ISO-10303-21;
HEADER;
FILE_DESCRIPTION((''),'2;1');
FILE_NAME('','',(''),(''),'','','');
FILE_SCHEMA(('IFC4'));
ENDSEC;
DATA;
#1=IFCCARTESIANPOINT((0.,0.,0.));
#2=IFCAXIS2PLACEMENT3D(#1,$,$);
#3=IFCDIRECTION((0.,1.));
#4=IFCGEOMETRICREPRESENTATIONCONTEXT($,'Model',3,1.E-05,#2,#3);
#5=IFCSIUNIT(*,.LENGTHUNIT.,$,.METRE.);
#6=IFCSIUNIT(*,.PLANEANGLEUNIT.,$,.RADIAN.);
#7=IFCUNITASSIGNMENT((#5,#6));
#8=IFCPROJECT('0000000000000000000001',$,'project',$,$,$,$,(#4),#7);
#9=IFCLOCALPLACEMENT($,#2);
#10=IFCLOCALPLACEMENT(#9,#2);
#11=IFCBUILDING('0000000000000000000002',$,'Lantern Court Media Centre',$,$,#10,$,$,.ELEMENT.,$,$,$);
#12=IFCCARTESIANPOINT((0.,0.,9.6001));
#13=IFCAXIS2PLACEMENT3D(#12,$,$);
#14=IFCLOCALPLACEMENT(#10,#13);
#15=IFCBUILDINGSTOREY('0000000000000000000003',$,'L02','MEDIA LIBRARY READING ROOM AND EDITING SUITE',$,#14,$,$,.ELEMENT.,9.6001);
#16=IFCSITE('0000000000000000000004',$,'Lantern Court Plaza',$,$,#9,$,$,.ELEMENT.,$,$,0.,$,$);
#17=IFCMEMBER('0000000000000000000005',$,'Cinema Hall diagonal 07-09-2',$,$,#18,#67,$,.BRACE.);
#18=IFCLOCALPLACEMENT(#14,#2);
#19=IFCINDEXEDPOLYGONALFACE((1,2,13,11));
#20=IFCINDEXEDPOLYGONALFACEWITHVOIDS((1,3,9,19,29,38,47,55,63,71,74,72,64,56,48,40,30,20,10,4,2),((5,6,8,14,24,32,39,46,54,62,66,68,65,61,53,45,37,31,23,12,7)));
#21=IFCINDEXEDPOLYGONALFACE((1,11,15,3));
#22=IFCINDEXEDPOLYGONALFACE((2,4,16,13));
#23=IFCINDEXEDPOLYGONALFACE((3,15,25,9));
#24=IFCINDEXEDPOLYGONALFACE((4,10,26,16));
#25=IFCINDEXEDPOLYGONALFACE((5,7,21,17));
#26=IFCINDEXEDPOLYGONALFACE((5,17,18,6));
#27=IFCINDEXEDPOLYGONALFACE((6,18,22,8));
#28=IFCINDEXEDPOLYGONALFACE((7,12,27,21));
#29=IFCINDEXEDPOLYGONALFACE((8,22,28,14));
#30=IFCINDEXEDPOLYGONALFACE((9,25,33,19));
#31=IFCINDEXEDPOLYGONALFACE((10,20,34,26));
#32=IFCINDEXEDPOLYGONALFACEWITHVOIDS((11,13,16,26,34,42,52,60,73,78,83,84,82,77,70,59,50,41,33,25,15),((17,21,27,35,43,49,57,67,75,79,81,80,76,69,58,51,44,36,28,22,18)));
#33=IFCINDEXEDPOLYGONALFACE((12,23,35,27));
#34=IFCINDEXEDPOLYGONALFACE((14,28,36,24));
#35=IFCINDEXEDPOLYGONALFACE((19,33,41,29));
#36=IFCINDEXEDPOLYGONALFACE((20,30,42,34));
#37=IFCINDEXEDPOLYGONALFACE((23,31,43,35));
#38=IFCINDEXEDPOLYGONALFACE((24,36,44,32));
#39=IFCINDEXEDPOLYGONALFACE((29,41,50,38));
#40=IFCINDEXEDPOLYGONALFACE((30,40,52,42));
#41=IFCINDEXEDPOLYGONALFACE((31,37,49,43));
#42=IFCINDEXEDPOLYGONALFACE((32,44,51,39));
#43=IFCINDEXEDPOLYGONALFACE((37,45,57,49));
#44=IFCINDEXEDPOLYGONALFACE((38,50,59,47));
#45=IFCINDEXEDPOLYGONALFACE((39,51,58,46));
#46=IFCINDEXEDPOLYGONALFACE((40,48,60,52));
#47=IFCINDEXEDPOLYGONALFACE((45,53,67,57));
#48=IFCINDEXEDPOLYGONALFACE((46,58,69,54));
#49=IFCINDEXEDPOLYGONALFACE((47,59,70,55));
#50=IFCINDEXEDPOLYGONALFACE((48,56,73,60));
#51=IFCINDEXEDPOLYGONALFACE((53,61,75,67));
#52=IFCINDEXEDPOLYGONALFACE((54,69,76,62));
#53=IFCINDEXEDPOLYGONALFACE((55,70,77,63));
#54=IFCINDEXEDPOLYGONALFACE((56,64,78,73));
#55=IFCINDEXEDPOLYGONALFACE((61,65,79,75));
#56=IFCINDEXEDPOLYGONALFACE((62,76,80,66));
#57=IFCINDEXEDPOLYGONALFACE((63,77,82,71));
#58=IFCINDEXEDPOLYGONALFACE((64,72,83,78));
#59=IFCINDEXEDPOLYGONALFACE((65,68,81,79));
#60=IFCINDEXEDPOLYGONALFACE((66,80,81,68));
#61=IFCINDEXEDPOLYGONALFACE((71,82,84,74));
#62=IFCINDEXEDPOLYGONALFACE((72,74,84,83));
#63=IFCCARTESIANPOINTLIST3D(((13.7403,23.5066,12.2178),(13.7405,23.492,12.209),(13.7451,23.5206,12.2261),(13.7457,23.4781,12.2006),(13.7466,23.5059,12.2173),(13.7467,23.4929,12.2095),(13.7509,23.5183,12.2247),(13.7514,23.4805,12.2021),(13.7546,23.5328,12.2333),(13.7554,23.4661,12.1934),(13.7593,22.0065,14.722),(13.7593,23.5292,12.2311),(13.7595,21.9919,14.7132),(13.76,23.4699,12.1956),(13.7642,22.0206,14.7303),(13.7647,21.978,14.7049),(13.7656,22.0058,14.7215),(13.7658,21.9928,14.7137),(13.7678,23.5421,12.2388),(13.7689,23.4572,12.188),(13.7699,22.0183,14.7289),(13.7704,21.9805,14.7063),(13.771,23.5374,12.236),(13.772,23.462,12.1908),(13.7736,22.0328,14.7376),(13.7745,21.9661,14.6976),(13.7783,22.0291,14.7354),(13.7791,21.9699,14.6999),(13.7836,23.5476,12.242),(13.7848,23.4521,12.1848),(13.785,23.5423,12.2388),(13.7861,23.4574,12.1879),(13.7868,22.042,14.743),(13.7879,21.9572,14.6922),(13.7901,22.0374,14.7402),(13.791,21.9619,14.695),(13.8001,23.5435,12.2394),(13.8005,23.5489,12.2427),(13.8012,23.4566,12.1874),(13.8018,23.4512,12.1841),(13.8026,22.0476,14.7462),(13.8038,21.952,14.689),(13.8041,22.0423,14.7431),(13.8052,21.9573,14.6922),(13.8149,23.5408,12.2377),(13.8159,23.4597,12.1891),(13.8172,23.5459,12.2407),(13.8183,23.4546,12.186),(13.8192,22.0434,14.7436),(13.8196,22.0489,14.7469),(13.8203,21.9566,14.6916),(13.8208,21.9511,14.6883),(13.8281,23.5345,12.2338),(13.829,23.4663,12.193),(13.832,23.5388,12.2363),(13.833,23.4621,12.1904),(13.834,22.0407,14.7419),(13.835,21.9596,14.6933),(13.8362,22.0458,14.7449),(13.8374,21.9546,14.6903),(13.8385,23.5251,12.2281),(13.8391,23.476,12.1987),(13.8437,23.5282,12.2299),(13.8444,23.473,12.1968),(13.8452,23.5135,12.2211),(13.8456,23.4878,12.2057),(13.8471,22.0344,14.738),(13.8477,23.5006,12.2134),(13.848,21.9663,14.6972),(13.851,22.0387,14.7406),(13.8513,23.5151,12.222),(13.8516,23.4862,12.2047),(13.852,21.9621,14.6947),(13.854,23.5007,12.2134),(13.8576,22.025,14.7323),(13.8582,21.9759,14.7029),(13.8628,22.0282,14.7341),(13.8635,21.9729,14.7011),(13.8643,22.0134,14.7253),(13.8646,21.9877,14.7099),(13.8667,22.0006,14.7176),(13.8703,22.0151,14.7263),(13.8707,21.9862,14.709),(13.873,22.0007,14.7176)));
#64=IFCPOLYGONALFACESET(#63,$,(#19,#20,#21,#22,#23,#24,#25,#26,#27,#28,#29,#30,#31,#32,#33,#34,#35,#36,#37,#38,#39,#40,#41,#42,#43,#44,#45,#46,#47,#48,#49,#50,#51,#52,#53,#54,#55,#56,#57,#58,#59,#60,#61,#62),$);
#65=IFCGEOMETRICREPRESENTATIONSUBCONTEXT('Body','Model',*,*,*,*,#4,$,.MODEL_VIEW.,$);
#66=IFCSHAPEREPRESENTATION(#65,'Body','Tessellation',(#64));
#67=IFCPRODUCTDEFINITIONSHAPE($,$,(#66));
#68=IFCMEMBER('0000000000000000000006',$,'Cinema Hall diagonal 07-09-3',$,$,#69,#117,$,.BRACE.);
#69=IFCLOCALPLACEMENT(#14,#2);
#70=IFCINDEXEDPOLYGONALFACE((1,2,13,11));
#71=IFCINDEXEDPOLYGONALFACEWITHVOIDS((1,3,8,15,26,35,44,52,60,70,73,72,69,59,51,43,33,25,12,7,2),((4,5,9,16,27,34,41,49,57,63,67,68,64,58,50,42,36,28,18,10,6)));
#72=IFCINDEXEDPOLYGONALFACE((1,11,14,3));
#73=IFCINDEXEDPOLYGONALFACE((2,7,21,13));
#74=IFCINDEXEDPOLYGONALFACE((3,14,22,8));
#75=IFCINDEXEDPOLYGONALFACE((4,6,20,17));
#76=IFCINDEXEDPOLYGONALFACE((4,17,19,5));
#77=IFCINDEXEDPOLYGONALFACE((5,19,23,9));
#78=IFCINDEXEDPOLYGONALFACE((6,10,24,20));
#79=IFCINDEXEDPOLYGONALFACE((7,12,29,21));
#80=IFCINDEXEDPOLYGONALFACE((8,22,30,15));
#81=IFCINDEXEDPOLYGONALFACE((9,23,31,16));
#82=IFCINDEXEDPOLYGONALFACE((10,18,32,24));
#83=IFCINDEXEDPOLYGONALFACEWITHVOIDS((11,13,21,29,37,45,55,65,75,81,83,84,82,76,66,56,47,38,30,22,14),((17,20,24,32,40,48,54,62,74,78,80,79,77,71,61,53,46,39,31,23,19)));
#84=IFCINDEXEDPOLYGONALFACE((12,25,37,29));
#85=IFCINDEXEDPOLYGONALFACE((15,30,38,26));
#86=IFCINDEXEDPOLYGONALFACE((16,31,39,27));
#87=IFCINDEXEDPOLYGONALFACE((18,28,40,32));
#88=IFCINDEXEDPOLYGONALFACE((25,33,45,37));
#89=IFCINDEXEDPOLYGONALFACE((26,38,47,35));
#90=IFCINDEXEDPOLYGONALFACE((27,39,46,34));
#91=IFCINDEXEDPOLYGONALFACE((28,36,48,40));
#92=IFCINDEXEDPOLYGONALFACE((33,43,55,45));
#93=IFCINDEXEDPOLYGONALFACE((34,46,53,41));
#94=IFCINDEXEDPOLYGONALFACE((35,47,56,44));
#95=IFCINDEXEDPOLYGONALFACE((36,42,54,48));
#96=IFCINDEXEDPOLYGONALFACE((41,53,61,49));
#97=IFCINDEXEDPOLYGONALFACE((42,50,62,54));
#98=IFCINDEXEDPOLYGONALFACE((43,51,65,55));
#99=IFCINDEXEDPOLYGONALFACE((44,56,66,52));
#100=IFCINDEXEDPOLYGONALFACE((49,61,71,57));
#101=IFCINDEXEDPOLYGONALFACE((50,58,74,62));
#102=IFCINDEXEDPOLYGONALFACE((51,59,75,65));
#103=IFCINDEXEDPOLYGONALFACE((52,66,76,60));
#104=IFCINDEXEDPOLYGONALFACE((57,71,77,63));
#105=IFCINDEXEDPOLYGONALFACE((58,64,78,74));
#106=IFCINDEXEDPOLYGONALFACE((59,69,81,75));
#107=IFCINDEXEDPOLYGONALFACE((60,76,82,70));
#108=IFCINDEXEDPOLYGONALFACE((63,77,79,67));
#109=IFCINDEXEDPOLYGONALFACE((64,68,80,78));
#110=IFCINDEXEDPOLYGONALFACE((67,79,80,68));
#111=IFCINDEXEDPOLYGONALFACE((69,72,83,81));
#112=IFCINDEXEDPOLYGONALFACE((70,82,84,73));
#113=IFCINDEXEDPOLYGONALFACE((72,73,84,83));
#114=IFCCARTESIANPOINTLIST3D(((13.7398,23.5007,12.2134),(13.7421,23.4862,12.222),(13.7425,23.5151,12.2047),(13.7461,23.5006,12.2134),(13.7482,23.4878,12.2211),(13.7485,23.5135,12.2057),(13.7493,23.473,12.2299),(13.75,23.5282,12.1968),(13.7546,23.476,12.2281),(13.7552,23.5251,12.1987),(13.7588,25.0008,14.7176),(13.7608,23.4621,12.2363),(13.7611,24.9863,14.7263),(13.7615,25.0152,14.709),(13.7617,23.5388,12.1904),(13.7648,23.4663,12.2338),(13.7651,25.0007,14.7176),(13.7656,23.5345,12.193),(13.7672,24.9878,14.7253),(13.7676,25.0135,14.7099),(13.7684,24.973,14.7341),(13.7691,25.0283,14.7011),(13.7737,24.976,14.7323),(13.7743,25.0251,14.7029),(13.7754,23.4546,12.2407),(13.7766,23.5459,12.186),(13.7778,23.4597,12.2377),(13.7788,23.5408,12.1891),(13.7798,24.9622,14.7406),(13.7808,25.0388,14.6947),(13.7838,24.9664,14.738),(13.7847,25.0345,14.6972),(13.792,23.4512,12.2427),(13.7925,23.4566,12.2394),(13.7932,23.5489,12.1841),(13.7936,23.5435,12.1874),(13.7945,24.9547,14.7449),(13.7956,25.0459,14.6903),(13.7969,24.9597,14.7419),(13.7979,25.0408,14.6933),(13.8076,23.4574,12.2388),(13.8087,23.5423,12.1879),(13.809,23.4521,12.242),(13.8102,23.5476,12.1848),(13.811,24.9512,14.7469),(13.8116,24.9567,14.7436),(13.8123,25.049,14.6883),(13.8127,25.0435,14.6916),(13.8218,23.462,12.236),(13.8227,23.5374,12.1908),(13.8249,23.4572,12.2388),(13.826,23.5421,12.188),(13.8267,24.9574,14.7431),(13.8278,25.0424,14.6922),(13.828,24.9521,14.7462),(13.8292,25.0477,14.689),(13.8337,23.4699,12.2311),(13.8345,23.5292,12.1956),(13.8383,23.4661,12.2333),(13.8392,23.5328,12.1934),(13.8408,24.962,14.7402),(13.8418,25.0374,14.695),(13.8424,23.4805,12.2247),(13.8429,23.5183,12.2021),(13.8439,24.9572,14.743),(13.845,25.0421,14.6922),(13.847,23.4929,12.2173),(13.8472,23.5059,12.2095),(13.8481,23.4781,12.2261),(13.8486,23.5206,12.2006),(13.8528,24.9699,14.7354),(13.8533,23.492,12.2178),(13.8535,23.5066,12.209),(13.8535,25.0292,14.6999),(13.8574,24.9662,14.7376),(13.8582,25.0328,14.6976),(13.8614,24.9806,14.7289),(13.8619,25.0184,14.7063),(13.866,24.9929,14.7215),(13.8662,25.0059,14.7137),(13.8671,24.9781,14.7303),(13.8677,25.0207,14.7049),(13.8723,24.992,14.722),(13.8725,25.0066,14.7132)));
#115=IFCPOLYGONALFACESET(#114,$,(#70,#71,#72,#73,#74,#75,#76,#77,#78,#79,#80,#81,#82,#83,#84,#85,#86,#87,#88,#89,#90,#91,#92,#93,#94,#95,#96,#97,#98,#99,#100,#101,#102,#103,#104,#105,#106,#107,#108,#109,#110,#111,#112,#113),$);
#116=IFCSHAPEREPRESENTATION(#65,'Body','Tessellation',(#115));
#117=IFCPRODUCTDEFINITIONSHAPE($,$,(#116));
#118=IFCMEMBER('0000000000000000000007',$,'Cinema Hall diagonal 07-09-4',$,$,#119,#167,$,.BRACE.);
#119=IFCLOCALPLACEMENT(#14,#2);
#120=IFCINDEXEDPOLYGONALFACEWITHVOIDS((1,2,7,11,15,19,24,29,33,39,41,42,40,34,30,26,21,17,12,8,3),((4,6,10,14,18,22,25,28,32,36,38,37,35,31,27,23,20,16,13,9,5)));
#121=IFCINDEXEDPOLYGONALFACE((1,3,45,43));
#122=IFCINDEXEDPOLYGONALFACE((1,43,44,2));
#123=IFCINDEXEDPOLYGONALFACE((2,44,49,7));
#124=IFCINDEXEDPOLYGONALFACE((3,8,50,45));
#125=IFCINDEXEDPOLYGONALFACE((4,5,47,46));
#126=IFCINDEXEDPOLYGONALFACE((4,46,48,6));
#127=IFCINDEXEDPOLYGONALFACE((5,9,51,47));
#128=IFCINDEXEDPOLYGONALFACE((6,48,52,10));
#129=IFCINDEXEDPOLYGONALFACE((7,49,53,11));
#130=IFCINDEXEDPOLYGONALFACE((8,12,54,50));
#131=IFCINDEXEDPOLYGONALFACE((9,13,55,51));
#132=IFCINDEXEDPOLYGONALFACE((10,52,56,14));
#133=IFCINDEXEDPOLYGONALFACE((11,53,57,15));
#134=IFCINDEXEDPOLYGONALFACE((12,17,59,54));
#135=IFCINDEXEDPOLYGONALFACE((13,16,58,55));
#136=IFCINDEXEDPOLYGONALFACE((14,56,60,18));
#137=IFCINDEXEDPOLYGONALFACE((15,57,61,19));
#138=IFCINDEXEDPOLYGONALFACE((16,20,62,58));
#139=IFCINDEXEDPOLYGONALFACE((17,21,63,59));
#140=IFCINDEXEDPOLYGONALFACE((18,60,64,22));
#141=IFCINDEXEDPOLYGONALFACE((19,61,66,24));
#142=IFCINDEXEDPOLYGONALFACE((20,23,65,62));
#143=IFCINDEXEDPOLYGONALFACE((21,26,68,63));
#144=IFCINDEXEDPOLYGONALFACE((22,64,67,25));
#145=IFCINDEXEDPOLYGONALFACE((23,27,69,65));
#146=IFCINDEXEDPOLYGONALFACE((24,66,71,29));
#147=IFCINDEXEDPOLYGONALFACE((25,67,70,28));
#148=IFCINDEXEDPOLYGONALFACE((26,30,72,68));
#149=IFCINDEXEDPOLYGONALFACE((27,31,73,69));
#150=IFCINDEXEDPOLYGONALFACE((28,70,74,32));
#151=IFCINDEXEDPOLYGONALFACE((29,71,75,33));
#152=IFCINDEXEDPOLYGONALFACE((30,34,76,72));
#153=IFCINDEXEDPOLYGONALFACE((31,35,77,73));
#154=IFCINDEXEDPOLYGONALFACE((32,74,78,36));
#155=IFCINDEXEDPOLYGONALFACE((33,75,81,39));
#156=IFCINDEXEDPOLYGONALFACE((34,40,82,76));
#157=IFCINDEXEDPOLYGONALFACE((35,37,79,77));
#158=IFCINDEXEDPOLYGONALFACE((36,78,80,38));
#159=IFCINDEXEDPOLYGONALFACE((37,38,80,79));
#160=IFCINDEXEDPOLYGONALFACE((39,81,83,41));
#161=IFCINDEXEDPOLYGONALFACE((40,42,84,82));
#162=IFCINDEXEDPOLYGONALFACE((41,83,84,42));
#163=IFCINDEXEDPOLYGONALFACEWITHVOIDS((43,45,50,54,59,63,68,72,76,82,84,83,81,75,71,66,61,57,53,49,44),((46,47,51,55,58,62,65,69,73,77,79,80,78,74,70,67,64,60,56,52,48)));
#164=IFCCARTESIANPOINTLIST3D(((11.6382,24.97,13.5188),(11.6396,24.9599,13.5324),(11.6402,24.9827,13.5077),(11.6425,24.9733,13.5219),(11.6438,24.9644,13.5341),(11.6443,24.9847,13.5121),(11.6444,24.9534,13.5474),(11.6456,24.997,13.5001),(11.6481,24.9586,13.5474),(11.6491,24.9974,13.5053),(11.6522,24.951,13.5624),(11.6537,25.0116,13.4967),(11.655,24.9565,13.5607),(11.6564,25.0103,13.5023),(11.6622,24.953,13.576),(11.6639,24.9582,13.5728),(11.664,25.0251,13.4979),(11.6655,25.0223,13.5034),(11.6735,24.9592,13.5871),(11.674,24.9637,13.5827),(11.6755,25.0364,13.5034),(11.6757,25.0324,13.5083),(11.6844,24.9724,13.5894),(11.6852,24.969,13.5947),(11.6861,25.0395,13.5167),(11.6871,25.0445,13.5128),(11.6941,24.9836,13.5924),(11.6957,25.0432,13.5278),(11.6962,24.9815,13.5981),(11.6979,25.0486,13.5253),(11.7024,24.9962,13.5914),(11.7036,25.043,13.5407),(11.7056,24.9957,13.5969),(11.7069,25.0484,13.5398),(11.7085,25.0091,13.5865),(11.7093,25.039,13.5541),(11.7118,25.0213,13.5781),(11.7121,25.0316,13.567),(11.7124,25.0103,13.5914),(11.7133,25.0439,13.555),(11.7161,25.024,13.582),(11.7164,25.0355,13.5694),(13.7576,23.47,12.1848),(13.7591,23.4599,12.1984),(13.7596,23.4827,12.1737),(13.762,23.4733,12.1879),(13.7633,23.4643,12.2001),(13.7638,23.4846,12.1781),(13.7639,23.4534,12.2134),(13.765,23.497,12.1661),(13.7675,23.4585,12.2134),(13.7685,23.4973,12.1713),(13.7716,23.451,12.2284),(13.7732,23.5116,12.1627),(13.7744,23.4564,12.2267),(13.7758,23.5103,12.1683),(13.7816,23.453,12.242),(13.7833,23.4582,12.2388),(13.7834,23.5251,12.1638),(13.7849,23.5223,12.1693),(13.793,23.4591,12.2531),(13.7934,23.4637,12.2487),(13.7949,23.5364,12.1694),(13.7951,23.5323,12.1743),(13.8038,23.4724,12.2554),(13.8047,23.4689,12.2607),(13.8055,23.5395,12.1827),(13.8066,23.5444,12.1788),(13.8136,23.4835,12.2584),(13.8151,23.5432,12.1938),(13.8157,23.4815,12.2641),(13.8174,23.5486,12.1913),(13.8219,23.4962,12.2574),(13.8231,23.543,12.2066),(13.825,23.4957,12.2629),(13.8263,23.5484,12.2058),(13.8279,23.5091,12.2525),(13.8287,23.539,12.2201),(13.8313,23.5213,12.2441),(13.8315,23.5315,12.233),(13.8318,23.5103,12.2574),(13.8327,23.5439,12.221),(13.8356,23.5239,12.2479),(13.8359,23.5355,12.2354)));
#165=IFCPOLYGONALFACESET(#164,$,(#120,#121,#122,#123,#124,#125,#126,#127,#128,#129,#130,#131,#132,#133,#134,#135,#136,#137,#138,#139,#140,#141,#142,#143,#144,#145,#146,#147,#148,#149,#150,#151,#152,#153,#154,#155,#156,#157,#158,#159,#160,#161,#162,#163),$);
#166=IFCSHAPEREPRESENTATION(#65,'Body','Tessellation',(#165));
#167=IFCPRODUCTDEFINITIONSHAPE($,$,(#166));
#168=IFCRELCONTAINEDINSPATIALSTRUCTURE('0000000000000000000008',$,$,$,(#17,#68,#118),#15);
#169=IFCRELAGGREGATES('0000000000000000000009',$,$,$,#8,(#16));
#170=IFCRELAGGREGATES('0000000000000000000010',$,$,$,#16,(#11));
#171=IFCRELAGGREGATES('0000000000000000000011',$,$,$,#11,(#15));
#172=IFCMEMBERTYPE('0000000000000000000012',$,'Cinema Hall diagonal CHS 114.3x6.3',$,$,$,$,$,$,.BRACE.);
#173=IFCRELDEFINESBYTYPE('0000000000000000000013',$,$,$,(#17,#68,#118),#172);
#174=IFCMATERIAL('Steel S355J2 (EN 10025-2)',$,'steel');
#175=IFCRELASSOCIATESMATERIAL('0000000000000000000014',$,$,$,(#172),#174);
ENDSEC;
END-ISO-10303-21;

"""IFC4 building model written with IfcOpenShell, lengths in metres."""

from ifc_helpers import new_model, si_unit, direction, frame, origin, origin_2d, place, context, subcontext, project, spatial, hollow_circle, extrude, material, material_profile, profile_set, type_object, element, save


model = new_model("IFC4")

# Units and contexts
model_context = context("Model", 3, precision=1e-05, world=origin(), true_north=direction((0.0, 1.0)))
body_context = subcontext(model_context, "Body", "Model", "MODEL_VIEW")
ifc_project = project(units=[si_unit("LENGTHUNIT", "METRE"), si_unit("PLANEANGLEUNIT", "RADIAN")], contexts=[model_context])

# Site, building, storey
site_placement = place(None, origin())
site = spatial("IfcSite", under=ifc_project, at=site_placement, Name="Lantern Court Plaza", CompositionType="ELEMENT", RefElevation=0.0)
building_placement = place(site_placement, origin())
building = spatial("IfcBuilding", under=site, at=building_placement, Name="Lantern Court Media Centre", CompositionType="ELEMENT")
storey_placement = place(building_placement, frame((0.0, 0.0, 9.6001)))
storey = spatial("IfcBuildingStorey", under=building, at=storey_placement, Name="L02", Description="MEDIA LIBRARY READING ROOM AND EDITING SUITE", CompositionType="ELEMENT", Elevation=9.6001)

# Members
ifc_material = material(Name="Steel S355J2 (EN 10025-2)", Category="steel")
ifc_material_profile_1 = material_profile(ifc_material, hollow_circle(Radius=0.0571, WallThickness=0.0063, at=origin_2d()), Name="Cinema Hall diagonal CHS 114.3x6.3")
ifc_profile_set_1 = profile_set([ifc_material_profile_1], Name="Steel S355J2 (EN 10025-2)")
member_type_1 = type_object("IfcMemberType", Name="Cinema Hall diagonal CHS 114.3x6.3", PredefinedType="BRACE", material=ifc_profile_set_1)
for number, where, z_axis, x_axis, name in (
    (1, (13.7969, 23.5, 12.2134), (0.006524, -0.513857, 0.857851), (0.999919, 0.012694, 0.0), "Cinema Hall diagonal 07-09-2"),
    (2, (13.7969, 23.5, 12.2134), (0.006524, 0.513857, 0.857851), (-0.999919, 0.012694, 0.0), "Cinema Hall diagonal 07-09-3"),
    (3, (13.7969, 23.5, 12.2134), (-0.726034, 0.513852, 0.45698), (-0.577702, -0.816248, 0.0), "Cinema Hall diagonal 07-09-4"),
):
    element("IfcMember", number, at=place(storey_placement, frame(where, z_axis=z_axis, x_axis=x_axis)), inside=storey, type_object=member_type_1, Name=name, PredefinedType="BRACE", context=body_context, shape_type="SweptSolid", body=[
        extrude(hollow_circle(Radius=0.0571, WallThickness=0.0063, at=origin_2d()), origin(), (0.0, 0.0, 1.0), 2.9192),
    ])

save(model, "model.ifc")
